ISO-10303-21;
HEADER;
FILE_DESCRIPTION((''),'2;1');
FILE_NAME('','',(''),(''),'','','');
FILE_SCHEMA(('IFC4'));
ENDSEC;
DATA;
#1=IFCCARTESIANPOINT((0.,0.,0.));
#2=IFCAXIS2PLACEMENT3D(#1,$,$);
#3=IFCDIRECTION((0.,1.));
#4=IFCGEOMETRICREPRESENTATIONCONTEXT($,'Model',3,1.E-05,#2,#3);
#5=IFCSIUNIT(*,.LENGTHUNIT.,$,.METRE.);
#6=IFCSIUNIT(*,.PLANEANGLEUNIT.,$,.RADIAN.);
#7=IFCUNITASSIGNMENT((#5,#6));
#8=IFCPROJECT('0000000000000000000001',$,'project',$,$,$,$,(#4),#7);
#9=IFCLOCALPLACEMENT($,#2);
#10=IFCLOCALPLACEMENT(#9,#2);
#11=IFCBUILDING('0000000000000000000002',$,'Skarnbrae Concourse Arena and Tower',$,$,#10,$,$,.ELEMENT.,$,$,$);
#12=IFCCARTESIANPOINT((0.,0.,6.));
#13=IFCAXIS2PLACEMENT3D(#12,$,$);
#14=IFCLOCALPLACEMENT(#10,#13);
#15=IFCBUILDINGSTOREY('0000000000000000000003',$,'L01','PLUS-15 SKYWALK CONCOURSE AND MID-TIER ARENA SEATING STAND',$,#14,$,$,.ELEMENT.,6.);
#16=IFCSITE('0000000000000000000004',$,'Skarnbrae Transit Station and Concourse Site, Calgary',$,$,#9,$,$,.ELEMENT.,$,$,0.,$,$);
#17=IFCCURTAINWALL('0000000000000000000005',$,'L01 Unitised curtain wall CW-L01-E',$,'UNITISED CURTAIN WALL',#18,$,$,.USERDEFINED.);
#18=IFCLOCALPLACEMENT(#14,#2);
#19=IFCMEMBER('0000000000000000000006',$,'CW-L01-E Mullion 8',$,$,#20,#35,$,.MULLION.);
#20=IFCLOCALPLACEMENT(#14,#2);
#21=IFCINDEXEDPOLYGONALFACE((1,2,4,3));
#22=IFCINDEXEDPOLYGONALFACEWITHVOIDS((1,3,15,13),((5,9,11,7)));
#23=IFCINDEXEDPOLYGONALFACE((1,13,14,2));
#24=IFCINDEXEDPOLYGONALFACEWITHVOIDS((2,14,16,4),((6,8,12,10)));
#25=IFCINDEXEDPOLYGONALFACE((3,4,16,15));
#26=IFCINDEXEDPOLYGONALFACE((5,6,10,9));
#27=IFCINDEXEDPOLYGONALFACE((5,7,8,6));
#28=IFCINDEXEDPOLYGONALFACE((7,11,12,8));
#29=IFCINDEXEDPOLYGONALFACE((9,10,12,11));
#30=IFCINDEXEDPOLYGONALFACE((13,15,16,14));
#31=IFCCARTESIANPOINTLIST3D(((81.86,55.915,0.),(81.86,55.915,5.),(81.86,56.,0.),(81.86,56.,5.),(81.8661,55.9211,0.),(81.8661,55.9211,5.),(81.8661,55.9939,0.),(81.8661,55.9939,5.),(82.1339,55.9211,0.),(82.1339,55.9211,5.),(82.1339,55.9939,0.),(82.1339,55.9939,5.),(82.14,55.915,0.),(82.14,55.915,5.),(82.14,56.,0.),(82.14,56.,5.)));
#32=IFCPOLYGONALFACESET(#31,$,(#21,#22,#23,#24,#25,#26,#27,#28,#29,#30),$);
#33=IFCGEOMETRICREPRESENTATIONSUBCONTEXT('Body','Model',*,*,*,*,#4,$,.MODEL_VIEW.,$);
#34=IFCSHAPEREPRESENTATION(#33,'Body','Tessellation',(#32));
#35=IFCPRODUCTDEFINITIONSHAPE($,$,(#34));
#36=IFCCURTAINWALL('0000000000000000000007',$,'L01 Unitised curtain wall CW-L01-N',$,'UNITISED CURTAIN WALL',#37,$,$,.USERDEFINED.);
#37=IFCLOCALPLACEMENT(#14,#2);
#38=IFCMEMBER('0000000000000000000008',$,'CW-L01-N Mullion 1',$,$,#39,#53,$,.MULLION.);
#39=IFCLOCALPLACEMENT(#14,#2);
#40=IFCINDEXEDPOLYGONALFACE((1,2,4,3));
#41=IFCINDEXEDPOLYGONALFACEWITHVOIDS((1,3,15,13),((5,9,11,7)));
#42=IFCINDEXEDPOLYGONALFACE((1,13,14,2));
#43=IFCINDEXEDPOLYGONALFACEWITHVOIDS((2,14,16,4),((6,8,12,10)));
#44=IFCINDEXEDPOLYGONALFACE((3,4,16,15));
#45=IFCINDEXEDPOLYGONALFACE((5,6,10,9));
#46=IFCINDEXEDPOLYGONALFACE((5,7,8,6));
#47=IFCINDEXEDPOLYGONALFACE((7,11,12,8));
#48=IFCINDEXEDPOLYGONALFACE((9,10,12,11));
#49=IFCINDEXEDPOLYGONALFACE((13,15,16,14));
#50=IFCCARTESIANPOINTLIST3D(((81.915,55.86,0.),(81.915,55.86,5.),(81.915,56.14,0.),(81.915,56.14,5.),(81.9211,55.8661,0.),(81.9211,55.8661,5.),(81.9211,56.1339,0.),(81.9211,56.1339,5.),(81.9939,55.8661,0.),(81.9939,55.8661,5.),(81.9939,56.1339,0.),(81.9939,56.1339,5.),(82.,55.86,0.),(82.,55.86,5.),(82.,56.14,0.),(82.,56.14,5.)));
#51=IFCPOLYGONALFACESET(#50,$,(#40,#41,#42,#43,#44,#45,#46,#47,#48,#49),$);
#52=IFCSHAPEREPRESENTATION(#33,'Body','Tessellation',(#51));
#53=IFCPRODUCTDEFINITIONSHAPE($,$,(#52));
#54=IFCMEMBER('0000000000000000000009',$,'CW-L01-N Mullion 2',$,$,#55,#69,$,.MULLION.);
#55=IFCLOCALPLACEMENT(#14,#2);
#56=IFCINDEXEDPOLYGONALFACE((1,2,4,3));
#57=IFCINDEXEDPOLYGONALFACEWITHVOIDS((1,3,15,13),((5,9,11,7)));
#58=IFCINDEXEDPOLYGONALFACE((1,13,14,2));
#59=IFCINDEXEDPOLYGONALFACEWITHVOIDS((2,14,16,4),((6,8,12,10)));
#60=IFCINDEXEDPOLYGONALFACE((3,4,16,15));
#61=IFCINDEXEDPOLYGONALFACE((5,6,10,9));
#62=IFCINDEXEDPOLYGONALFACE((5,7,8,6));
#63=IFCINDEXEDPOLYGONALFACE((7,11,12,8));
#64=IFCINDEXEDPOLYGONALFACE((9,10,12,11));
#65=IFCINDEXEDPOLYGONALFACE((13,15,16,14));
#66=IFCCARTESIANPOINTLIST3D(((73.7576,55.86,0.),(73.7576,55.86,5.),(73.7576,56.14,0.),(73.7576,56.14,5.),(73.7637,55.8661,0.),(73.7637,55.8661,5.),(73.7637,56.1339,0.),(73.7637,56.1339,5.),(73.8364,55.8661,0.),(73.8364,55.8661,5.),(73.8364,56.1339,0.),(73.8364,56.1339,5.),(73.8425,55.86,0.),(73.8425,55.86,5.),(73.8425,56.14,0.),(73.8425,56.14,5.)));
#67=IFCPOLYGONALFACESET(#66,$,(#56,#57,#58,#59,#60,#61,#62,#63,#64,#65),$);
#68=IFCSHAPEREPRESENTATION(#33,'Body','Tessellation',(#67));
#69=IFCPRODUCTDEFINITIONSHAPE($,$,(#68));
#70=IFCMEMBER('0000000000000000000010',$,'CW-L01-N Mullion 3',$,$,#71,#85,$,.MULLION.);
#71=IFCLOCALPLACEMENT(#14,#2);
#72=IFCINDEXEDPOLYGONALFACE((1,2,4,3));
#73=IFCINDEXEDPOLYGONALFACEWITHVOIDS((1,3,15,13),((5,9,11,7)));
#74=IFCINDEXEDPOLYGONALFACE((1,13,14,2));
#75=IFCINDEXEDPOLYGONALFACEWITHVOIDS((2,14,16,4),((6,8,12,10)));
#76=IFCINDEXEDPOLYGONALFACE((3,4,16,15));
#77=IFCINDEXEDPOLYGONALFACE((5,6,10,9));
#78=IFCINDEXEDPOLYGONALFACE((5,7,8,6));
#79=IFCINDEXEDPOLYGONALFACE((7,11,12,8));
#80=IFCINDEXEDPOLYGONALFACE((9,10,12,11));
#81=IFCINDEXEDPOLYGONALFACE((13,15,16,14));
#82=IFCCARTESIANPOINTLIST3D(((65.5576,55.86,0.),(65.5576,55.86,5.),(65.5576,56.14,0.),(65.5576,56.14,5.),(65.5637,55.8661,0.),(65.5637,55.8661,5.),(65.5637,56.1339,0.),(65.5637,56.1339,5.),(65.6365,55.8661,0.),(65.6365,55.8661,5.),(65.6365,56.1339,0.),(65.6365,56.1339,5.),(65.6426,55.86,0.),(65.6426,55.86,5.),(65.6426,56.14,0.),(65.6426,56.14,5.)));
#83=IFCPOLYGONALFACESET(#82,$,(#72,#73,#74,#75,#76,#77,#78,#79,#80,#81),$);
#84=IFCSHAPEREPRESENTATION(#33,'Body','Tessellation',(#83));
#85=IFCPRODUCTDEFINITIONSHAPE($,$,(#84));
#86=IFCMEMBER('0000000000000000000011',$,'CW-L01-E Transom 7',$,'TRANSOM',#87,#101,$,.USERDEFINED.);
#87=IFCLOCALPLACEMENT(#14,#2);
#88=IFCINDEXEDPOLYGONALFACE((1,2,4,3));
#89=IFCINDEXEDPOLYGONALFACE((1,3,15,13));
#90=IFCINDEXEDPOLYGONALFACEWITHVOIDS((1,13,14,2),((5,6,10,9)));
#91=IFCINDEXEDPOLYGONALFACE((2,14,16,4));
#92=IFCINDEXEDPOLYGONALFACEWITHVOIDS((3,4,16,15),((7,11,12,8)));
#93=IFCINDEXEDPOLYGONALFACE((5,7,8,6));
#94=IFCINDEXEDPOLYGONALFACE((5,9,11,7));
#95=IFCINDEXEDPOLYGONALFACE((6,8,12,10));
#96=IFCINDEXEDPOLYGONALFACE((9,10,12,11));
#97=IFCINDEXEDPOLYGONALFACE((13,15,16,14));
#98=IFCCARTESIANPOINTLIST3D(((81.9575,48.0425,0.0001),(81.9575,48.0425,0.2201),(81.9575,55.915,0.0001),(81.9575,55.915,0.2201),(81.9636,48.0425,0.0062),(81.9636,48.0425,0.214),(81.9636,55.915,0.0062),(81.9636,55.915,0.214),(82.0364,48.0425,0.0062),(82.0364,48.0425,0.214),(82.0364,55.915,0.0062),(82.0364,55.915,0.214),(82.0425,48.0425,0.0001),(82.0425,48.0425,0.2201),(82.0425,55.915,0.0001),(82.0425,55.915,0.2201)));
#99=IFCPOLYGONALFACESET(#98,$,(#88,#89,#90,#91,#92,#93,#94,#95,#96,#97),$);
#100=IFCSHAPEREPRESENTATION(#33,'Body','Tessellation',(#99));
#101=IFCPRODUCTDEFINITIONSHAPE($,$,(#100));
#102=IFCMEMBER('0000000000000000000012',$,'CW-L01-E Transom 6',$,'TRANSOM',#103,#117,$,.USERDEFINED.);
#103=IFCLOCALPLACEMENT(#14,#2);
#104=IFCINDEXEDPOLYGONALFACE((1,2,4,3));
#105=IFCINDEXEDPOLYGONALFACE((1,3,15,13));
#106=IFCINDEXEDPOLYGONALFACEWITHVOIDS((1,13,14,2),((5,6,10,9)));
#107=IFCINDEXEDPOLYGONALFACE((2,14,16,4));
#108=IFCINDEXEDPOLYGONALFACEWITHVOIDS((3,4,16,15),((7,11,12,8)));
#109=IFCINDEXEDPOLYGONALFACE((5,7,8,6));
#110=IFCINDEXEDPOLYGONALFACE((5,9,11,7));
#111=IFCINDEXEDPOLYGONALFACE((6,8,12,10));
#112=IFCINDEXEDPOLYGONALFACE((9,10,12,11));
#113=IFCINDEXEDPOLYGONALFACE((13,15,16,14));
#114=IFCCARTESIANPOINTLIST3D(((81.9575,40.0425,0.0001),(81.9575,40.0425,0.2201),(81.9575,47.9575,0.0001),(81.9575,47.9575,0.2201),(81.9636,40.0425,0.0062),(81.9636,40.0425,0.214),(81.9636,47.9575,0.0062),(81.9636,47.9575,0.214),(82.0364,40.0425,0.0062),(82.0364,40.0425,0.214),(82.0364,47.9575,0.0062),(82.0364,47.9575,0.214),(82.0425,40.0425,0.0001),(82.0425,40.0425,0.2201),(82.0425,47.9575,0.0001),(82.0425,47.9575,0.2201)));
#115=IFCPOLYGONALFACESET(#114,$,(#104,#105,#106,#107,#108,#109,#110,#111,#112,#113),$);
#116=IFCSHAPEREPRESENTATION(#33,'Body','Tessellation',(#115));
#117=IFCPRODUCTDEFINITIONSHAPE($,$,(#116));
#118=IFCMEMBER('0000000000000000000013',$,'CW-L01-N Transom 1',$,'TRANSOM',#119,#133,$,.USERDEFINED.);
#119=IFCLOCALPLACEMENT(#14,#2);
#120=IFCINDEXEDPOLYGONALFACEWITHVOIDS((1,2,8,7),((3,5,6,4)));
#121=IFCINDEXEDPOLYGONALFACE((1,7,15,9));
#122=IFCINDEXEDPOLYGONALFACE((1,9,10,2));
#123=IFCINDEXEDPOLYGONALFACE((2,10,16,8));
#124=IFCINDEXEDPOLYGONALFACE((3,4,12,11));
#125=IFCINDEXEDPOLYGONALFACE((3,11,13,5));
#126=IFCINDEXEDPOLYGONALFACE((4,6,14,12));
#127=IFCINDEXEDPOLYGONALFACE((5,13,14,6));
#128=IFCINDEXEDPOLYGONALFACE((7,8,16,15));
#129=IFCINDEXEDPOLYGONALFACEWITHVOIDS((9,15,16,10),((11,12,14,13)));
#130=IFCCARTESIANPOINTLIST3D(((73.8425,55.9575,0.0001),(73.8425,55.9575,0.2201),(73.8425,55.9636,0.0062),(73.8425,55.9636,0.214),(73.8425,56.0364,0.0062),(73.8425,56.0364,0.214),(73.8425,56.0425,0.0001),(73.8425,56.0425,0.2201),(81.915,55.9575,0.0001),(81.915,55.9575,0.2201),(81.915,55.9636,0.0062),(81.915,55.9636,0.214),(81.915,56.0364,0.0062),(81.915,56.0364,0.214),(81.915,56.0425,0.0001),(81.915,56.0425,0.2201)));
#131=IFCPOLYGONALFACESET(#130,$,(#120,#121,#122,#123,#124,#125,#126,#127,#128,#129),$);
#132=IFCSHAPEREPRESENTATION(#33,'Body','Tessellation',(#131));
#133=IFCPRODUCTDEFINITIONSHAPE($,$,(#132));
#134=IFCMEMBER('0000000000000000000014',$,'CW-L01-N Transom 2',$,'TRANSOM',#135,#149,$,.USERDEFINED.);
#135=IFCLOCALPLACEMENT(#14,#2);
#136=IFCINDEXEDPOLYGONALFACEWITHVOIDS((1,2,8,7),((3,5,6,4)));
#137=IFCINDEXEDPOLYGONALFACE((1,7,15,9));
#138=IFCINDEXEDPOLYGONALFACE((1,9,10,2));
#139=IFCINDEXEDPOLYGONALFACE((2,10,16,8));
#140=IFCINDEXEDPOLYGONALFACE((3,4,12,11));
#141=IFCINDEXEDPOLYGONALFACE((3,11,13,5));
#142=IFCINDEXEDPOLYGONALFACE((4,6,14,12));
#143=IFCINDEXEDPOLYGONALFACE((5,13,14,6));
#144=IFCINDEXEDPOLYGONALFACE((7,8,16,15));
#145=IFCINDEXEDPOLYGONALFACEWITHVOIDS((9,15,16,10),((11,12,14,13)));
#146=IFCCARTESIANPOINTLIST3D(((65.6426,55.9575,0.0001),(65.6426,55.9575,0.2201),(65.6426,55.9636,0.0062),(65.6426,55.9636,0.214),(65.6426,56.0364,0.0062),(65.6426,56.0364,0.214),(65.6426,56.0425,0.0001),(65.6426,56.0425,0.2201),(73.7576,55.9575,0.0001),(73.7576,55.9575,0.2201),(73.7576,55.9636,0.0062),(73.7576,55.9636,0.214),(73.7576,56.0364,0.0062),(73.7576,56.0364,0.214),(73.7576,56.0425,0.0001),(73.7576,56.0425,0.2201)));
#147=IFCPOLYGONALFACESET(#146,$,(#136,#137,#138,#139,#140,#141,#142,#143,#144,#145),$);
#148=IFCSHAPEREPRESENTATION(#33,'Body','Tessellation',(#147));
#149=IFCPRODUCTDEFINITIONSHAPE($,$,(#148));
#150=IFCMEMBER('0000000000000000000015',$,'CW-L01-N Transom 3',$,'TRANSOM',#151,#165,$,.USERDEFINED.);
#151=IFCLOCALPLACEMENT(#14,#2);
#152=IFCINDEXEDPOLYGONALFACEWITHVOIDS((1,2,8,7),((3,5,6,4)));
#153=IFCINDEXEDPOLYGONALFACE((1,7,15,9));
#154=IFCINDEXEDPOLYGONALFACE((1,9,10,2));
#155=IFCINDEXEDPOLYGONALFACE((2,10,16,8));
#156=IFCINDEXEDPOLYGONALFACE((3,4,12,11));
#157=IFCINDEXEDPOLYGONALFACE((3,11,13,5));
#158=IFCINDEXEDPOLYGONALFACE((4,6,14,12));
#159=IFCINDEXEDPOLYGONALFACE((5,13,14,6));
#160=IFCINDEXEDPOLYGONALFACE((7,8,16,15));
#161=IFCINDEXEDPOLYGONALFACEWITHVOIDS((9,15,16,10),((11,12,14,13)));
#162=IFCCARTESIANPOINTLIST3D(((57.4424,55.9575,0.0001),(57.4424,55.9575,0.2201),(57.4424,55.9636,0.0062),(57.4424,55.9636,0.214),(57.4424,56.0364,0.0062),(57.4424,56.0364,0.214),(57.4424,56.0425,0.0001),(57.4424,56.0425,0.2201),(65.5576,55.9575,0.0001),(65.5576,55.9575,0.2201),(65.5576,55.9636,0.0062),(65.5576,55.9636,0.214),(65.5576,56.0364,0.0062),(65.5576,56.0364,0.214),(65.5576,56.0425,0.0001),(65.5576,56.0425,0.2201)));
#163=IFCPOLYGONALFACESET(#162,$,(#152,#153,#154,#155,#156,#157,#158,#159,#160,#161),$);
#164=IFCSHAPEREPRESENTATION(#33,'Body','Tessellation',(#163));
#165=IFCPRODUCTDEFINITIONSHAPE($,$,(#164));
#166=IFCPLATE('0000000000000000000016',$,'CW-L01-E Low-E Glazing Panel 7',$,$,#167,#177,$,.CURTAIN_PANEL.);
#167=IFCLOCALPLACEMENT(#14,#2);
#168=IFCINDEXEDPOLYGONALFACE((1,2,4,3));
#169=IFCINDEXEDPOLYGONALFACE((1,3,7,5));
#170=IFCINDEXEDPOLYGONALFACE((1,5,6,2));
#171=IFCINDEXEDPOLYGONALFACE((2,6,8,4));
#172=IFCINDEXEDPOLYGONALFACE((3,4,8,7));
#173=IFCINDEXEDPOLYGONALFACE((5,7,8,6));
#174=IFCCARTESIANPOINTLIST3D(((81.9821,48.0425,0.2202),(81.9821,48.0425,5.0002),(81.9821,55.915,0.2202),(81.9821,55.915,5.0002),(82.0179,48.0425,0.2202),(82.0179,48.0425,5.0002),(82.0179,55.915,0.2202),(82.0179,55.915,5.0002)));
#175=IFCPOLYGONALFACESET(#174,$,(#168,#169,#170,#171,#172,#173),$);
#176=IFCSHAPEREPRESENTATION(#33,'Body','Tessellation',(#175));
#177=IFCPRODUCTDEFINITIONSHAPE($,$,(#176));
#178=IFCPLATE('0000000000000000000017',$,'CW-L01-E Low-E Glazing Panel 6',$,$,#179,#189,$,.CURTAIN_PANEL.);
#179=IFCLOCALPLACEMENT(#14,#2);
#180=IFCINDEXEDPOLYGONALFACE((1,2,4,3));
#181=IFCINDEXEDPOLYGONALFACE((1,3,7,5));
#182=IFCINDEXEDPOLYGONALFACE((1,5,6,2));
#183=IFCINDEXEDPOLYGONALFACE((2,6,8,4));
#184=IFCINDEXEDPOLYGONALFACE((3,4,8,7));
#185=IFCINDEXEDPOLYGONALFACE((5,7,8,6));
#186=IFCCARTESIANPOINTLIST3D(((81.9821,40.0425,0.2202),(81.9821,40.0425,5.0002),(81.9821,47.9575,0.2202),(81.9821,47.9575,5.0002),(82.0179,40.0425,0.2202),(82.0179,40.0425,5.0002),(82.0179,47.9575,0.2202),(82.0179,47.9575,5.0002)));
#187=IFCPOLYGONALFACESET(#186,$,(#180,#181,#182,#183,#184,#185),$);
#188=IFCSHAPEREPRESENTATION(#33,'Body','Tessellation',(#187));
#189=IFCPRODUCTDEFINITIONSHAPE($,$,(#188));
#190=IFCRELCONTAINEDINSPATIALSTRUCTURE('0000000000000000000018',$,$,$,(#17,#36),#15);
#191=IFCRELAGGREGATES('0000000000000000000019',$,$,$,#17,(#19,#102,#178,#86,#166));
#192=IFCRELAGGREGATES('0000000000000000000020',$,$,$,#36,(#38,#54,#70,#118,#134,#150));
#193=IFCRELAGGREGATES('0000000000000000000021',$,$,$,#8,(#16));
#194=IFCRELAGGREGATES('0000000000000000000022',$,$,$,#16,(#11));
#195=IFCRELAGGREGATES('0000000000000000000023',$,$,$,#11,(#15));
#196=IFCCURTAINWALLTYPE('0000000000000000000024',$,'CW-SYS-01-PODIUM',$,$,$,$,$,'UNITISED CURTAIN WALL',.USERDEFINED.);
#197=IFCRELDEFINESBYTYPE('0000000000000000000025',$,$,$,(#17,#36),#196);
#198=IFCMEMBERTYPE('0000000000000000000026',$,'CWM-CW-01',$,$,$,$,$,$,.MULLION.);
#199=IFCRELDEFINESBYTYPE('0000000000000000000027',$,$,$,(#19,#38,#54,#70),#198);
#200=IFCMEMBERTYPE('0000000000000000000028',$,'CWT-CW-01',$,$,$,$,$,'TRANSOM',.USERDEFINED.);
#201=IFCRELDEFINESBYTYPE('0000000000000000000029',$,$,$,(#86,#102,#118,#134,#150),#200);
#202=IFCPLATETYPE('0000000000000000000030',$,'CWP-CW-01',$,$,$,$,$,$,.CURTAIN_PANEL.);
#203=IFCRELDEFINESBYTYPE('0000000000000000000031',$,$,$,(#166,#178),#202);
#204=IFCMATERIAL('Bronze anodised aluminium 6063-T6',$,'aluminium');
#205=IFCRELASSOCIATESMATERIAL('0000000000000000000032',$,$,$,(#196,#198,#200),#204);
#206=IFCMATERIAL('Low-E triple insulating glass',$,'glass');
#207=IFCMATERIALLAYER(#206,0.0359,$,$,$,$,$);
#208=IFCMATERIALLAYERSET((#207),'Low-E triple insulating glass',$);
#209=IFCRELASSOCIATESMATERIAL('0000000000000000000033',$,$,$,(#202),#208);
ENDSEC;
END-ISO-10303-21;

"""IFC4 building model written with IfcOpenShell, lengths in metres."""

from ifc_helpers import new_model, si_unit, direction, frame, origin, origin_2d, place, context, subcontext, project, spatial, rectangle, hollow_rectangle, extrude, source, transform, mapped, material, layer, layer_set, material_profile, profile_set, type_object, element, aggregate, save


model = new_model("IFC4")

# Units and contexts
model_context = context("Model", 3, precision=1e-05, world=origin(), true_north=direction((0.0, 1.0)))
body_context = subcontext(model_context, "Body", "Model", "MODEL_VIEW")
ifc_project = project(units=[si_unit("LENGTHUNIT", "METRE"), si_unit("PLANEANGLEUNIT", "RADIAN")], contexts=[model_context])

# Site, building, storey
site_placement = place(None, origin())
site = spatial("IfcSite", under=ifc_project, at=site_placement, Name="Skarnbrae Transit Station and Concourse Site, Calgary", CompositionType="ELEMENT", RefElevation=0.0)
building_placement = place(site_placement, origin())
building = spatial("IfcBuilding", under=site, at=building_placement, Name="Skarnbrae Concourse Arena and Tower", CompositionType="ELEMENT")
storey_placement = place(building_placement, frame((0.0, 0.0, 6.0)))
storey = spatial("IfcBuildingStorey", under=building, at=storey_placement, Name="L01", Description="PLUS-15 SKYWALK CONCOURSE AND MID-TIER ARENA SEATING STAND", CompositionType="ELEMENT", Elevation=6.0)

# Curtain walls, members
ifc_material_1 = material(Name="Bronze anodised aluminium 6063-T6", Category="aluminium")
curtain_wall_type = type_object("IfcCurtainWallType", Name="CW-SYS-01-PODIUM", ElementType="UNITISED CURTAIN WALL", PredefinedType="USERDEFINED", material=ifc_material_1)
curtain_wall_1_placement = place(storey_placement, origin())
curtain_wall_1 = element("IfcCurtainWall", 1, at=curtain_wall_1_placement, inside=storey, type_object=curtain_wall_type, Name="L01 Unitised curtain wall CW-L01-E", ObjectType="UNITISED CURTAIN WALL", PredefinedType="USERDEFINED")
ifc_material_profile_1 = material_profile(ifc_material_1, hollow_rectangle(XDim=0.085, YDim=0.28, WallThickness=0.0061, at=origin_2d()), Name="ALU-MULL-85X280")
ifc_profile_set_1 = profile_set([ifc_material_profile_1], Name="Bronze anodised aluminium 6063-T6")
member_type_1 = type_object("IfcMemberType", Name="CWM-CW-01", PredefinedType="MULLION", material=ifc_profile_set_1)
shared_shape_1 = source(origin(), body_context, "Body", "SweptSolid", [
    extrude(hollow_rectangle(XDim=0.085, YDim=0.28, WallThickness=0.0061, at=origin_2d()), origin(), (0.0, 0.0, 1.0), 5.0),
])
member_1_placement = place(storey_placement, frame((82.0, 55.9575, 0.0), z_axis=(0.0, 0.0, 1.0), x_axis=(0.0, 1.0, 0.0)))
member_1 = element("IfcMember", 2, at=member_1_placement, type_object=member_type_1, Name="CW-L01-E Mullion 8", PredefinedType="MULLION", context=body_context, shape_type="MappedRepresentation", body=[
    mapped(shared_shape_1, transform((0.0, 0.0, 0.0))),
])
curtain_wall_2_placement = place(storey_placement, origin())
curtain_wall_2 = element("IfcCurtainWall", 3, at=curtain_wall_2_placement, inside=storey, type_object=curtain_wall_type, Name="L01 Unitised curtain wall CW-L01-N", ObjectType="UNITISED CURTAIN WALL", PredefinedType="USERDEFINED")
member_2_placement = place(storey_placement, frame((81.9575, 56.0, 0.0), z_axis=(0.0, 0.0, 1.0), x_axis=(-1.0, 0.0, 0.0)))
member_2 = element("IfcMember", 4, at=member_2_placement, type_object=member_type_1, Name="CW-L01-N Mullion 1", PredefinedType="MULLION", context=body_context, shape_type="MappedRepresentation", body=[
    mapped(shared_shape_1, transform((0.0, 0.0, 0.0))),
])
member_3_placement = place(storey_placement, frame((73.8, 56.0, 0.0), z_axis=(0.0, 0.0, 1.0), x_axis=(-1.0, 0.0, 0.0)))
member_3 = element("IfcMember", 5, at=member_3_placement, type_object=member_type_1, Name="CW-L01-N Mullion 2", PredefinedType="MULLION", context=body_context, shape_type="MappedRepresentation", body=[
    mapped(shared_shape_1, transform((0.0, 0.0, 0.0))),
])
member_4_placement = place(storey_placement, frame((65.6001, 56.0, 0.0), z_axis=(0.0, 0.0, 1.0), x_axis=(-1.0, 0.0, 0.0)))
member_4 = element("IfcMember", 6, at=member_4_placement, type_object=member_type_1, Name="CW-L01-N Mullion 3", PredefinedType="MULLION", context=body_context, shape_type="MappedRepresentation", body=[
    mapped(shared_shape_1, transform((0.0, 0.0, 0.0))),
])

# Members
ifc_material_profile_2 = material_profile(ifc_material_1, hollow_rectangle(XDim=0.085, YDim=0.22, WallThickness=0.0061, at=origin_2d()), Name="ALU-TRAN-85X220")
ifc_profile_set_2 = profile_set([ifc_material_profile_2], Name="Bronze anodised aluminium 6063-T6")
member_type_2 = type_object("IfcMemberType", Name="CWT-CW-01", ElementType="TRANSOM", PredefinedType="USERDEFINED", material=ifc_profile_set_2)
shared_shape_2 = source(origin(), body_context, "Body", "SweptSolid", [
    extrude(hollow_rectangle(XDim=0.085, YDim=0.22, WallThickness=0.0061, at=origin_2d()), origin(), (0.0, 0.0, 1.0), 7.8726),
])
member_5_placement = place(storey_placement, frame((82.0, 48.0425, 0.1101), z_axis=(0.0, 1.0, 0.0), x_axis=(-1.0, 0.0, 0.0)))
member_5 = element("IfcMember", 7, at=member_5_placement, type_object=member_type_2, Name="CW-L01-E Transom 7", ObjectType="TRANSOM", PredefinedType="USERDEFINED", context=body_context, shape_type="MappedRepresentation", body=[
    mapped(shared_shape_2, transform((0.0, 0.0, 0.0))),
])
shared_shape_3 = source(origin(), body_context, "Body", "SweptSolid", [
    extrude(hollow_rectangle(XDim=0.085, YDim=0.22, WallThickness=0.0061, at=origin_2d()), origin(), (0.0, 0.0, 1.0), 7.915),
])
member_6_placement = place(storey_placement, frame((82.0, 40.0425, 0.1101), z_axis=(0.0, 1.0, 0.0), x_axis=(-1.0, 0.0, 0.0)))
member_6 = element("IfcMember", 8, at=member_6_placement, type_object=member_type_2, Name="CW-L01-E Transom 6", ObjectType="TRANSOM", PredefinedType="USERDEFINED", context=body_context, shape_type="MappedRepresentation", body=[
    mapped(shared_shape_3, transform((0.0, 0.0, 0.0))),
])
shared_shape_4 = source(origin(), body_context, "Body", "SweptSolid", [
    extrude(hollow_rectangle(XDim=0.085, YDim=0.22, WallThickness=0.0061, at=origin_2d()), origin(), (0.0, 0.0, 1.0), 8.0725),
])
member_7_placement = place(storey_placement, frame((81.915, 56.0, 0.1101), z_axis=(-1.0, 0.0, 0.0), x_axis=(0.0, -1.0, 0.0)))
member_7 = element("IfcMember", 9, at=member_7_placement, type_object=member_type_2, Name="CW-L01-N Transom 1", ObjectType="TRANSOM", PredefinedType="USERDEFINED", context=body_context, shape_type="MappedRepresentation", body=[
    mapped(shared_shape_4, transform((0.0, 0.0, 0.0))),
])
shared_shape_5 = source(origin(), body_context, "Body", "SweptSolid", [
    extrude(hollow_rectangle(XDim=0.085, YDim=0.22, WallThickness=0.0061, at=origin_2d()), origin(), (0.0, 0.0, 1.0), 8.115),
])
member_8_placement = place(storey_placement, frame((73.7576, 56.0, 0.1101), z_axis=(-1.0, 0.0, 0.0), x_axis=(0.0, -1.0, 0.0)))
member_8 = element("IfcMember", 10, at=member_8_placement, type_object=member_type_2, Name="CW-L01-N Transom 2", ObjectType="TRANSOM", PredefinedType="USERDEFINED", context=body_context, shape_type="MappedRepresentation", body=[
    mapped(shared_shape_5, transform((0.0, 0.0, 0.0))),
])
shared_shape_6 = source(origin(), body_context, "Body", "SweptSolid", [
    extrude(hollow_rectangle(XDim=0.085, YDim=0.22, WallThickness=0.0061, at=origin_2d()), origin(), (0.0, 0.0, 1.0), 8.1152),
])
member_9_placement = place(storey_placement, frame((65.5576, 56.0, 0.1101), z_axis=(-1.0, 0.0, 0.0), x_axis=(0.0, -1.0, 0.0)))
member_9 = element("IfcMember", 11, at=member_9_placement, type_object=member_type_2, Name="CW-L01-N Transom 3", ObjectType="TRANSOM", PredefinedType="USERDEFINED", context=body_context, shape_type="MappedRepresentation", body=[
    mapped(shared_shape_6, transform((0.0, 0.0, 0.0))),
])

# Plates
ifc_material_2 = material(Name="Low-E triple insulating glass", Category="glass")
ifc_layer_1 = layer(ifc_material_2, 0.0359)
ifc_layer_set_1 = layer_set([ifc_layer_1], Name="Low-E triple insulating glass")
plate_type = type_object("IfcPlateType", Name="CWP-CW-01", PredefinedType="CURTAIN_PANEL", material=ifc_layer_set_1)
shared_shape_7 = source(origin(), body_context, "Body", "SweptSolid", [
    extrude(rectangle(XDim=7.8726, YDim=0.0359, at=origin_2d()), origin(), (0.0, 0.0, 1.0), 4.78),
])
plate_1_placement = place(storey_placement, frame((82.0, 51.9788, 0.2202), z_axis=(0.0, 0.0, 1.0), x_axis=(0.0, 1.0, 0.0)))
plate_1 = element("IfcPlate", 12, at=plate_1_placement, type_object=plate_type, Name="CW-L01-E Low-E Glazing Panel 7", PredefinedType="CURTAIN_PANEL", context=body_context, shape_type="MappedRepresentation", body=[
    mapped(shared_shape_7, transform((0.0, 0.0, 0.0))),
])
shared_shape_8 = source(origin(), body_context, "Body", "SweptSolid", [
    extrude(rectangle(XDim=7.915, YDim=0.0359, at=origin_2d()), origin(), (0.0, 0.0, 1.0), 4.78),
])
plate_2_placement = place(storey_placement, frame((82.0, 44.0, 0.2202), z_axis=(0.0, 0.0, 1.0), x_axis=(0.0, 1.0, 0.0)))
plate_2 = element("IfcPlate", 13, at=plate_2_placement, type_object=plate_type, Name="CW-L01-E Low-E Glazing Panel 6", PredefinedType="CURTAIN_PANEL", context=body_context, shape_type="MappedRepresentation", body=[
    mapped(shared_shape_8, transform((0.0, 0.0, 0.0))),
])
aggregate(curtain_wall_1, [member_1, member_6, plate_2, member_5, plate_1])
aggregate(curtain_wall_2, [member_2, member_3, member_4, member_7, member_8, member_9])

save(model, "model.ifc")
